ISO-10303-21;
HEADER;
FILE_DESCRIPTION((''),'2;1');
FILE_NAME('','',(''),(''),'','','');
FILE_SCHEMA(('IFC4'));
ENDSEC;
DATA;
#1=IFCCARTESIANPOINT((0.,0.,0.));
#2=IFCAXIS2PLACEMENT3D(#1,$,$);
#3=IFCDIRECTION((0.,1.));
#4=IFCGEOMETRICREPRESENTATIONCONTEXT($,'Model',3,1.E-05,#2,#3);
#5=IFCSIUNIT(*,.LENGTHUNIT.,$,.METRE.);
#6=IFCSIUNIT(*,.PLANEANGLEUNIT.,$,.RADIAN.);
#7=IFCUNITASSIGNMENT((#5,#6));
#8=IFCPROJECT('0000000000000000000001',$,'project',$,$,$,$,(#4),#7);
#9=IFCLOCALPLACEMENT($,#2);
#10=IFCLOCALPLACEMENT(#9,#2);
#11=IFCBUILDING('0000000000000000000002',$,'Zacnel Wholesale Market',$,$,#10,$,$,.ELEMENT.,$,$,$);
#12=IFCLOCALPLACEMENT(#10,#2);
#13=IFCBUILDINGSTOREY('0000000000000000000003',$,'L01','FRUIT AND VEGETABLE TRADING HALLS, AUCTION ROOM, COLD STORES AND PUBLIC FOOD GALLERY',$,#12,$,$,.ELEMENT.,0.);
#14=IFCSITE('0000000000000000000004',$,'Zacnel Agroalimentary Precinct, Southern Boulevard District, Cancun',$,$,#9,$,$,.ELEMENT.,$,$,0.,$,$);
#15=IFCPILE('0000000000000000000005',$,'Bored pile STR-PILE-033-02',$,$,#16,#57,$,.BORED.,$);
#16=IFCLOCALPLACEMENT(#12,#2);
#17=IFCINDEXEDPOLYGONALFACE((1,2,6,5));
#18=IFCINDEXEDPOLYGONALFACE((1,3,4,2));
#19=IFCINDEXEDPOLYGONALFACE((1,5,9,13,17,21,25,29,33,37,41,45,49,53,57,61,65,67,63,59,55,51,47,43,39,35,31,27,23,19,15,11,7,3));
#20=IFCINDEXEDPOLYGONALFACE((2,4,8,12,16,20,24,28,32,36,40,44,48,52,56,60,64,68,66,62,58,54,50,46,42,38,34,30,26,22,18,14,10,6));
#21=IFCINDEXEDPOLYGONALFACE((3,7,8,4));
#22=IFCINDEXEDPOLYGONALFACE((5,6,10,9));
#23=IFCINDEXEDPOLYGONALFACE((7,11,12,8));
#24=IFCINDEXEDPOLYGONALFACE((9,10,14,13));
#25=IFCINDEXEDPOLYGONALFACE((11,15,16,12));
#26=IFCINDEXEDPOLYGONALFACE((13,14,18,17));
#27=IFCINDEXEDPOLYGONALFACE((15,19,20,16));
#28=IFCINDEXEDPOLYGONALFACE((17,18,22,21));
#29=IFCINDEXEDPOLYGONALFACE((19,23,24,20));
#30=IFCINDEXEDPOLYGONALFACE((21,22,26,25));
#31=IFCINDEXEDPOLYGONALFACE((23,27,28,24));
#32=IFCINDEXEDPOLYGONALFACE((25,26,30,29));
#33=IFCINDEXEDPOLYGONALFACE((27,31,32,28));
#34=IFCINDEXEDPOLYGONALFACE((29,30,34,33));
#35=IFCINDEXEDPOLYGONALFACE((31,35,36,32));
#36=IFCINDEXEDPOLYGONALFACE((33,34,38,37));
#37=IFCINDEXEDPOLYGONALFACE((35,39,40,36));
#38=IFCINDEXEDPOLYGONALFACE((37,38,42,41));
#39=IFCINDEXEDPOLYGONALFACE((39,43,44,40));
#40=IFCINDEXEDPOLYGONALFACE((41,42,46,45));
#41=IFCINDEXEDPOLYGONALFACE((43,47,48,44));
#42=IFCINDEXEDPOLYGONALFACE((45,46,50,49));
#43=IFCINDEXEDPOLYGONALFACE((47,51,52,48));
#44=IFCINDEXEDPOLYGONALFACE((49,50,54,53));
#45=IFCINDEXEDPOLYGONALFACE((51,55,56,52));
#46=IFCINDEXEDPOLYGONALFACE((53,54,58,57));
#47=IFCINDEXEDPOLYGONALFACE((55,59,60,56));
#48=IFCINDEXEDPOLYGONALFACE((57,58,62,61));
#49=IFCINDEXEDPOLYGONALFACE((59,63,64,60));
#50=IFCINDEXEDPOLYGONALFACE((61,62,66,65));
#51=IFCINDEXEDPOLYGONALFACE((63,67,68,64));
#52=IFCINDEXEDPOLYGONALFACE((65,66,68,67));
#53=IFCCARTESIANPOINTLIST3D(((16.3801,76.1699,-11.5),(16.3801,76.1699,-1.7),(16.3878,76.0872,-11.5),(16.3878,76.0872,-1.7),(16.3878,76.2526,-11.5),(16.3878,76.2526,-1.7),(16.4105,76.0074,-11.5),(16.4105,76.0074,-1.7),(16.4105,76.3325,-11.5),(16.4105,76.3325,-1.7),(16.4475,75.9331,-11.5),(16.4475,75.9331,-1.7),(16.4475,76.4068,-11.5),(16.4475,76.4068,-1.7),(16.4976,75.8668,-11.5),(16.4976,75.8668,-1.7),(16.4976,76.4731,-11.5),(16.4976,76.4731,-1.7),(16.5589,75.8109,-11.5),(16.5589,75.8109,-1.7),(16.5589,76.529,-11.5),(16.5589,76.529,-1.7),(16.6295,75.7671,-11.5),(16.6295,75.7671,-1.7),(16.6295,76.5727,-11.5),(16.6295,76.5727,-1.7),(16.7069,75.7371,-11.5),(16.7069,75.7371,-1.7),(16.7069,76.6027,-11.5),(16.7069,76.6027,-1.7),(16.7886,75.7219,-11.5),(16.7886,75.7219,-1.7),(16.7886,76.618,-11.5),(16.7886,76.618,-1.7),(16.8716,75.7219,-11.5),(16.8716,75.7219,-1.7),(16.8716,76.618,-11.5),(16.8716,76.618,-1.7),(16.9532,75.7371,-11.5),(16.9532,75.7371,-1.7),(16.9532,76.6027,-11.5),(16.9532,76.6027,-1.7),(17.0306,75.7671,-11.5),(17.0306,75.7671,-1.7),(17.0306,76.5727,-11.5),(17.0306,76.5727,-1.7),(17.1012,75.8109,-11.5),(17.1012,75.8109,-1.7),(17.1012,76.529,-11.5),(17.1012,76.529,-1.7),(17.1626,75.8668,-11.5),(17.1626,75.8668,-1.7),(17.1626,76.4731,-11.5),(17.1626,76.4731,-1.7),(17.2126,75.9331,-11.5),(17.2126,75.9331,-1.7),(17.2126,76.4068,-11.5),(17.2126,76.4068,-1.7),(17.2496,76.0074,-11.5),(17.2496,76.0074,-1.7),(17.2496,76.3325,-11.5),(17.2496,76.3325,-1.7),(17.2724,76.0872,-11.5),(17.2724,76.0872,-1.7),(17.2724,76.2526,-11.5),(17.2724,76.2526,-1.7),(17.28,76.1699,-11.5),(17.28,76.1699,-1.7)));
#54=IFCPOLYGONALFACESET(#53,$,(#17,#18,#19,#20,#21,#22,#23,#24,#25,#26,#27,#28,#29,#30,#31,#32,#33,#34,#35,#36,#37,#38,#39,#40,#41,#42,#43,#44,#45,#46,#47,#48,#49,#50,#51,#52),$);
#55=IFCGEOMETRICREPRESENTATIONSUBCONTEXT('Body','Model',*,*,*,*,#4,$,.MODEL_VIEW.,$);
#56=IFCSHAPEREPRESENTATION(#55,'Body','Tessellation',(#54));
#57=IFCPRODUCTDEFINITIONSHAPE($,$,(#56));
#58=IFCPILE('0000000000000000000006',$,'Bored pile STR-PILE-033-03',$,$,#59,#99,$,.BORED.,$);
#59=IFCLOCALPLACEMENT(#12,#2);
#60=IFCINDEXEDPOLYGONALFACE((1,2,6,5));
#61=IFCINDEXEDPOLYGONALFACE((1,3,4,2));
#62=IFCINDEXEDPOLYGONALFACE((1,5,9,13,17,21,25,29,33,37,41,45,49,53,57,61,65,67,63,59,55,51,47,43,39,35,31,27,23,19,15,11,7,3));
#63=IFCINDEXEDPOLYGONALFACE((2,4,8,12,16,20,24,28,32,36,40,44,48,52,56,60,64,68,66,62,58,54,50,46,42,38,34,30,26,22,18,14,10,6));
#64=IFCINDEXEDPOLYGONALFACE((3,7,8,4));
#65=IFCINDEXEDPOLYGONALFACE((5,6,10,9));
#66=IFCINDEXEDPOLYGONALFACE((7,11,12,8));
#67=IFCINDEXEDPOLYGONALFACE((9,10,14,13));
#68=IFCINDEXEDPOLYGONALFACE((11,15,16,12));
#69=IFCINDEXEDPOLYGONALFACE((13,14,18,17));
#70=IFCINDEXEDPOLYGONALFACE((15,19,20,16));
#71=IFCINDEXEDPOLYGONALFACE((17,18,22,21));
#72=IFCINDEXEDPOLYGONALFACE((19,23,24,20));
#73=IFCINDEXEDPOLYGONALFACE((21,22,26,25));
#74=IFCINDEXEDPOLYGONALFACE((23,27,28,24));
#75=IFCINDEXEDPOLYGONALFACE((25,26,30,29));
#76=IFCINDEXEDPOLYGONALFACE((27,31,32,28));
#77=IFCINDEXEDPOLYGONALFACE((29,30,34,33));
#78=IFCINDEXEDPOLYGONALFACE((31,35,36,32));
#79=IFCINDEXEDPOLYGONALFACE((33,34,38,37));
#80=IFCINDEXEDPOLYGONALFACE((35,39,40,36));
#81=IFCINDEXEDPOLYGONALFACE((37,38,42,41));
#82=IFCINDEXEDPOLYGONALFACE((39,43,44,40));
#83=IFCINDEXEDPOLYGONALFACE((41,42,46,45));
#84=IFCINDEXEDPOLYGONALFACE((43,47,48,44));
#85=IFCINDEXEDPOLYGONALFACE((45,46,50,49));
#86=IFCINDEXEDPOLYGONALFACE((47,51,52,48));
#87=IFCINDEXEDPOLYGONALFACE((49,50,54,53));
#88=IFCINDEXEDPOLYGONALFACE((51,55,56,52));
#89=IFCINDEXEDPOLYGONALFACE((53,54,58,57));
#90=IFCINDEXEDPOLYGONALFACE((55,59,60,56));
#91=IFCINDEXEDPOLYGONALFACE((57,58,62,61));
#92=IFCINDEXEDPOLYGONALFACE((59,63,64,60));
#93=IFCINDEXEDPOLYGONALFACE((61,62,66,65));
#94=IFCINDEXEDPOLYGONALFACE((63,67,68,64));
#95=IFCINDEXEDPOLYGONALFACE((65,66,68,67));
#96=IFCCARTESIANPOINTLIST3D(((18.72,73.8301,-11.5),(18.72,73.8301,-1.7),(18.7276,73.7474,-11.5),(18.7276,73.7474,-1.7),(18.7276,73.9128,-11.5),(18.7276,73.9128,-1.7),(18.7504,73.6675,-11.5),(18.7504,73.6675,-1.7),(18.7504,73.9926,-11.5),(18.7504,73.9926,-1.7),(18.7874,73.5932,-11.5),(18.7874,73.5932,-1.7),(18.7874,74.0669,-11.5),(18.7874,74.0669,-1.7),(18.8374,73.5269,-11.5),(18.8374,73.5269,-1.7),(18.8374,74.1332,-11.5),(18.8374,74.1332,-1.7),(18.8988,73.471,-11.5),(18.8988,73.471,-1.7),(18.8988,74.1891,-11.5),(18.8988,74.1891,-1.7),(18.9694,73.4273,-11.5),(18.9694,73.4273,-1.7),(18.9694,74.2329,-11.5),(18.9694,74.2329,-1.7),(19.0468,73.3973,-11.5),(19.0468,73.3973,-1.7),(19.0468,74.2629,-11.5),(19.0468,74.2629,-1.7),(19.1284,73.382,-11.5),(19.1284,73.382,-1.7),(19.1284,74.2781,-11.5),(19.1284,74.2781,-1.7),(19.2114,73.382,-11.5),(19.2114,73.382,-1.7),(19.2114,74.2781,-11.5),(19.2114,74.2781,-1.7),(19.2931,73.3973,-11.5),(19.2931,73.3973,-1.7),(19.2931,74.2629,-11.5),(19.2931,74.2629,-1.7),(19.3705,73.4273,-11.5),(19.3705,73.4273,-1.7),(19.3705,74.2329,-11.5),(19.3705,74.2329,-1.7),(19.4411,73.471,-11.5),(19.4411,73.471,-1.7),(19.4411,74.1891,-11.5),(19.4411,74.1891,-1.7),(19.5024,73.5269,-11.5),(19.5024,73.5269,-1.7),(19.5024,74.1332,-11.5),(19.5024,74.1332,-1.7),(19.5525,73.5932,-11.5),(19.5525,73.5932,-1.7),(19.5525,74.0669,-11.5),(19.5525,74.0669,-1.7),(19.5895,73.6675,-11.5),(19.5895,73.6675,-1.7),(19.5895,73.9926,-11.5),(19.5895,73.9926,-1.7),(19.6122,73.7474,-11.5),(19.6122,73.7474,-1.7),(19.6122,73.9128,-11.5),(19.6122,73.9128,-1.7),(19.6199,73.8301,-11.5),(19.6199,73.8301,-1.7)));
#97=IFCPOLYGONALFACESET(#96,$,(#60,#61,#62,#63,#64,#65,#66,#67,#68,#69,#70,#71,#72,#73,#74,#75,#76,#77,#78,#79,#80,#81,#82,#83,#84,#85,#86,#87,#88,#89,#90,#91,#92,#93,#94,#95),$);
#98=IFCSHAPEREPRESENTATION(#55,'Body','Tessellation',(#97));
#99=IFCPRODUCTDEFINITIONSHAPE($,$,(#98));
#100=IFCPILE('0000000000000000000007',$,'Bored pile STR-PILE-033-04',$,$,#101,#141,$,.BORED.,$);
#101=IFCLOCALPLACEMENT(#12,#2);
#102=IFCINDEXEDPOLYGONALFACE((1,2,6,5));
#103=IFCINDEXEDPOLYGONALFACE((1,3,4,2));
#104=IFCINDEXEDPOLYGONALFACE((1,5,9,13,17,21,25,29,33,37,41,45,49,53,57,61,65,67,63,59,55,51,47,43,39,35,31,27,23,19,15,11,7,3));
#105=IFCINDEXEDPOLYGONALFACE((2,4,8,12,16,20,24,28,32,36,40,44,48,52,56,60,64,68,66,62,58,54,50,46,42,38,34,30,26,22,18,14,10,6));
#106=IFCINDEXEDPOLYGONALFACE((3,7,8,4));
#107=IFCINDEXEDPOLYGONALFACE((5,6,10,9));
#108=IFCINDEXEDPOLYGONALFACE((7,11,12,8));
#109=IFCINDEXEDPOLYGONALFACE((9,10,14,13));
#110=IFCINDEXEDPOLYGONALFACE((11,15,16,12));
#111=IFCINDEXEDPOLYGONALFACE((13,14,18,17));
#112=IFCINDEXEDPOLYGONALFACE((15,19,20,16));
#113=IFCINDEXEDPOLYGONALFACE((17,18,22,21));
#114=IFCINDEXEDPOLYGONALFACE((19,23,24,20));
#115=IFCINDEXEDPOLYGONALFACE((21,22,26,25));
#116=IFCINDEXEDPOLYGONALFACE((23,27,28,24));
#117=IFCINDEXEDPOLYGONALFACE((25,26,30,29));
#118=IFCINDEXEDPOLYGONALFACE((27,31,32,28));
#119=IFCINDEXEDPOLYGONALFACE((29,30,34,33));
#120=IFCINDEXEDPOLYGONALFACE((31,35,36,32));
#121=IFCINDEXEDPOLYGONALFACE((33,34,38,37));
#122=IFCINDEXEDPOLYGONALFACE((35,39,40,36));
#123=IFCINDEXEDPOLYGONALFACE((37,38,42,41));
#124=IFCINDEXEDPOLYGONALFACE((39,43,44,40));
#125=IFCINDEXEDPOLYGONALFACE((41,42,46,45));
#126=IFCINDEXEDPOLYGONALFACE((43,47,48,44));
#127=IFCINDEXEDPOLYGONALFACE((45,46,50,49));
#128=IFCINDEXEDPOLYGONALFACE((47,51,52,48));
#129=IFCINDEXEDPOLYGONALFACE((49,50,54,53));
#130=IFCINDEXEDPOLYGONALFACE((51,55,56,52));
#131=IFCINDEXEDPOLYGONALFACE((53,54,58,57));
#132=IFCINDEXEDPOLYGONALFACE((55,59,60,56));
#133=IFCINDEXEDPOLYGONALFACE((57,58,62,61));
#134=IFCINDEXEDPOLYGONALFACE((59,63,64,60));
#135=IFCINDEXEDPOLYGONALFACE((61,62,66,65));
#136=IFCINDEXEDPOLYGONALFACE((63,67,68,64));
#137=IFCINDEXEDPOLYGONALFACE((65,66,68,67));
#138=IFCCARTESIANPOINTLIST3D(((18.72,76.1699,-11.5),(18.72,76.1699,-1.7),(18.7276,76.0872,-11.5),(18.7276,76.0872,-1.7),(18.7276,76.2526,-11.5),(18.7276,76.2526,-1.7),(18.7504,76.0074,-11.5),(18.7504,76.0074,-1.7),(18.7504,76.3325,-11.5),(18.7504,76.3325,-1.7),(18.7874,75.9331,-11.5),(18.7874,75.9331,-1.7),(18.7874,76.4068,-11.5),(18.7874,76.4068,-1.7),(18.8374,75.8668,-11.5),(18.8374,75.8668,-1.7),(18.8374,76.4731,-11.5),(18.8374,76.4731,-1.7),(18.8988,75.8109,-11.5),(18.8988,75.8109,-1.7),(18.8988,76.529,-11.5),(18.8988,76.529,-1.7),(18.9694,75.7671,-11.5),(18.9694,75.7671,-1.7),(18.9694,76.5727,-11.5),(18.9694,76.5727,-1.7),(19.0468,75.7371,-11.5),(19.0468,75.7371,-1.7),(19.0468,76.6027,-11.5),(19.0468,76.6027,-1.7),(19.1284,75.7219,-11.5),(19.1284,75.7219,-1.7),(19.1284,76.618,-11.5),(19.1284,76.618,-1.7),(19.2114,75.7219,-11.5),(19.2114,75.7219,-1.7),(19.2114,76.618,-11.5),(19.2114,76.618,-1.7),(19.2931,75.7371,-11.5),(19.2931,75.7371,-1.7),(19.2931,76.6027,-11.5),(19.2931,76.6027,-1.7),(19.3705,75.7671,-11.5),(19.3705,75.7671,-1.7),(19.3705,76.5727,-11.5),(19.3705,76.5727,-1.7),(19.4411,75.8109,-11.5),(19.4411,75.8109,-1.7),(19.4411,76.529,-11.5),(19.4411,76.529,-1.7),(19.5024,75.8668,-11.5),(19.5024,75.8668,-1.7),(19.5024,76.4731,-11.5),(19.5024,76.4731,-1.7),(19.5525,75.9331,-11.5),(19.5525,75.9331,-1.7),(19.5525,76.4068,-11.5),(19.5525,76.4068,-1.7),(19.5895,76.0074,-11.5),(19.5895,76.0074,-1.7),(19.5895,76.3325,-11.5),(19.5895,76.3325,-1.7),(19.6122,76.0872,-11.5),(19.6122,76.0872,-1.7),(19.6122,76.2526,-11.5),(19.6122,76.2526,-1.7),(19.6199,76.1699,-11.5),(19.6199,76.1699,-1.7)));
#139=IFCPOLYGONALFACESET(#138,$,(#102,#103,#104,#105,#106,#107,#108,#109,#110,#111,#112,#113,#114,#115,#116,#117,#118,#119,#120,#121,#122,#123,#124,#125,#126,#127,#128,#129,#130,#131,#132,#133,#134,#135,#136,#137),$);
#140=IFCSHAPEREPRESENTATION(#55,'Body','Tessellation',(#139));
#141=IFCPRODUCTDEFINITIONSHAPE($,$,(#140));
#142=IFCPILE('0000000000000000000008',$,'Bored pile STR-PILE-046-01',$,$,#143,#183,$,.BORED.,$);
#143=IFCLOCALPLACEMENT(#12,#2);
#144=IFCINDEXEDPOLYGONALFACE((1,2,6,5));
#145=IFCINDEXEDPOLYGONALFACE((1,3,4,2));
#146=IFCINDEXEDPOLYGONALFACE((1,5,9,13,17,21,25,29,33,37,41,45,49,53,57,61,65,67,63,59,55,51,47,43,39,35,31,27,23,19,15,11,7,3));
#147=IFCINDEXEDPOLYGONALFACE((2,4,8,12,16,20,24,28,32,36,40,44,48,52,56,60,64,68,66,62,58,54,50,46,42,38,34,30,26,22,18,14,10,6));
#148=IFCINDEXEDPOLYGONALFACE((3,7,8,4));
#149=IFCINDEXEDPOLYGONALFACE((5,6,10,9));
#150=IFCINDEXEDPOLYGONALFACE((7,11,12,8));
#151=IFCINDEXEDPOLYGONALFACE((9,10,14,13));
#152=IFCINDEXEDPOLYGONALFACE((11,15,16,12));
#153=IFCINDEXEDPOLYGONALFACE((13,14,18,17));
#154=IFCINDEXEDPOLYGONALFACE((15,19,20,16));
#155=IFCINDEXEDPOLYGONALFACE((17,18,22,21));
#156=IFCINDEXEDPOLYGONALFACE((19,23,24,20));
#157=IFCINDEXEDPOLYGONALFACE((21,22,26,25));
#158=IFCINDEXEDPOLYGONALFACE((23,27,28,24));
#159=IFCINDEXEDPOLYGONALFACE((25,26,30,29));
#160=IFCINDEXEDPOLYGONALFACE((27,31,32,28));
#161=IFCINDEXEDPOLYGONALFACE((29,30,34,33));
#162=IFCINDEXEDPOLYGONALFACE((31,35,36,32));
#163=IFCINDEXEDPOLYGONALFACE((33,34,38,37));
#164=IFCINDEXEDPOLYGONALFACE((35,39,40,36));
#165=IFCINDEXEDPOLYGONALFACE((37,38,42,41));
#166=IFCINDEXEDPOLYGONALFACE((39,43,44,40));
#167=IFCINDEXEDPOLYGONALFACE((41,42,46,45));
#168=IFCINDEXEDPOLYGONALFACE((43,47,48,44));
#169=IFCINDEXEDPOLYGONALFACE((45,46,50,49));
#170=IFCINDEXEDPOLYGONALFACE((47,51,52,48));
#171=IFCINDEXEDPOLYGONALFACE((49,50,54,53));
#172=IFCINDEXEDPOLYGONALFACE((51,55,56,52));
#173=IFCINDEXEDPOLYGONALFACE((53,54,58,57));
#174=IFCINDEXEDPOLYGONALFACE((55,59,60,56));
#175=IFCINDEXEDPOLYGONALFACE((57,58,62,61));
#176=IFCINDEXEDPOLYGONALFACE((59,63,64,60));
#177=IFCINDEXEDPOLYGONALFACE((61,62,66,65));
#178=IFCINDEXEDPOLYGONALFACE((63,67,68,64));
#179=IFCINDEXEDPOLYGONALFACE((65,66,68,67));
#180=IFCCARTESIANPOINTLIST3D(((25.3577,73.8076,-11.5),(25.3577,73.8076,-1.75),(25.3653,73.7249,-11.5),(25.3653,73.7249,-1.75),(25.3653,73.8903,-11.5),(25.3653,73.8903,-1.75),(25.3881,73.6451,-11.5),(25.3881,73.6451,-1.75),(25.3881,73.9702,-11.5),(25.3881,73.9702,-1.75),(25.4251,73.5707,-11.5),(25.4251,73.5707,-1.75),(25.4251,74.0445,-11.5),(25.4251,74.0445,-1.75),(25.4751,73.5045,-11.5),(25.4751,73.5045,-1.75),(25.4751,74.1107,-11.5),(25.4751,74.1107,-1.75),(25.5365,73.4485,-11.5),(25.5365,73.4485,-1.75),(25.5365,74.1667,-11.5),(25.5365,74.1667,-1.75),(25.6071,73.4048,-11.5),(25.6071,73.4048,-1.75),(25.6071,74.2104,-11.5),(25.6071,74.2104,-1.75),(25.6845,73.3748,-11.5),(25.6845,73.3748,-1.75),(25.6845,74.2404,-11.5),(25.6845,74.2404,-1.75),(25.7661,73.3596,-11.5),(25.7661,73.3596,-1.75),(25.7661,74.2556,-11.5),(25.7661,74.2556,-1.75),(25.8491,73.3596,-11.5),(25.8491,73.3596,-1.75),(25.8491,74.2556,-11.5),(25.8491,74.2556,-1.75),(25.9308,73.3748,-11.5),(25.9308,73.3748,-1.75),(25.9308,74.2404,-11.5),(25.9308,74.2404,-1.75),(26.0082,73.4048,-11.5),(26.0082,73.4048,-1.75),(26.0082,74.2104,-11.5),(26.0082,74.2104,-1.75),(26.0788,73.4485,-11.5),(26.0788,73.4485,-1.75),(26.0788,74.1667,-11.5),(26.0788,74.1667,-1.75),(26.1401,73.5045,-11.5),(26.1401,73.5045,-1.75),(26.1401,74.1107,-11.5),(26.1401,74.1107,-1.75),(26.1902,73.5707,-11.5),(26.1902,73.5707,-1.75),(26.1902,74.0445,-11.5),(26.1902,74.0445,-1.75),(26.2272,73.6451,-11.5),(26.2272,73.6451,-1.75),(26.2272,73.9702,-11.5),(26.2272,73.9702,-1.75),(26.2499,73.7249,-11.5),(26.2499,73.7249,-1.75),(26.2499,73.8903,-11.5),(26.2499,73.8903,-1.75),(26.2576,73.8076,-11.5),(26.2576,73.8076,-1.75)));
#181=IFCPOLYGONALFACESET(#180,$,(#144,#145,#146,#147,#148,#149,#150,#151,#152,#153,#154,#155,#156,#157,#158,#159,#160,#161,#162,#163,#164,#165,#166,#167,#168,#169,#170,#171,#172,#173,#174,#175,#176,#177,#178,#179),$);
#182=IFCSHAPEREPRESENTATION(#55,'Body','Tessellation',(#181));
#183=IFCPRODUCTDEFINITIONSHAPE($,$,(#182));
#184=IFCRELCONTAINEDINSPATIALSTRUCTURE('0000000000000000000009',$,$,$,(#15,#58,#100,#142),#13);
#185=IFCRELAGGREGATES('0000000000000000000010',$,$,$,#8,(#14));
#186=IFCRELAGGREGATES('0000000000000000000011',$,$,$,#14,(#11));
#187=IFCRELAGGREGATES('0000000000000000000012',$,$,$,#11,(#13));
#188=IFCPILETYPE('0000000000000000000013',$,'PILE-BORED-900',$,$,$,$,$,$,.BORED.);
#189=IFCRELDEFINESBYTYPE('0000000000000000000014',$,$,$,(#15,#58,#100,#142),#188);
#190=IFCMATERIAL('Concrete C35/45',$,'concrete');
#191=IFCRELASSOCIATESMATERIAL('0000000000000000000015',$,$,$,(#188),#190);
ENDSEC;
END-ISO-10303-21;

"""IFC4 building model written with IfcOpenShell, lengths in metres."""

from ifc_helpers import new_model, si_unit, direction, frame, origin, origin_2d, place, context, subcontext, project, spatial, circle, extrude, material, material_profile, profile_set, type_object, element, save


model = new_model("IFC4")

# Units and contexts
model_context = context("Model", 3, precision=1e-05, world=origin(), true_north=direction((0.0, 1.0)))
body_context = subcontext(model_context, "Body", "Model", "MODEL_VIEW")
ifc_project = project(units=[si_unit("LENGTHUNIT", "METRE"), si_unit("PLANEANGLEUNIT", "RADIAN")], contexts=[model_context])

# Site, building, storey
site_placement = place(None, origin())
site = spatial("IfcSite", under=ifc_project, at=site_placement, Name="Zacnel Agroalimentary Precinct, Southern Boulevard District, Cancun", CompositionType="ELEMENT", RefElevation=0.0)
building_placement = place(site_placement, origin())
building = spatial("IfcBuilding", under=site, at=building_placement, Name="Zacnel Wholesale Market", CompositionType="ELEMENT")
storey_placement = place(building_placement, origin())
storey = spatial("IfcBuildingStorey", under=building, at=storey_placement, Name="L01", Description="FRUIT AND VEGETABLE TRADING HALLS, AUCTION ROOM, COLD STORES AND PUBLIC FOOD GALLERY", CompositionType="ELEMENT", Elevation=0.0)

# Piles
ifc_material_1 = material(Name="Concrete C35/45", Category="concrete")
ifc_material_profile_1 = material_profile(ifc_material_1, circle(Radius=0.45, at=origin_2d()), Name="BORED PILE D900")
ifc_profile_set_1 = profile_set([ifc_material_profile_1], Name="Concrete C35/45")
pile_type = type_object("IfcPileType", Name="PILE-BORED-900", PredefinedType="BORED", material=ifc_profile_set_1)
for number, where, z_axis, x_axis, name in (
    (1, (16.8301, 76.1699, -1.7), (0.0, 0.0, -1.0), (1.0, 0.0, 0.0), "Bored pile STR-PILE-033-02"),
    (2, (19.1699, 73.8301, -1.7), (0.0, 0.0, -1.0), (1.0, 0.0, 0.0), "Bored pile STR-PILE-033-03"),
    (3, (19.1699, 76.1699, -1.7), (0.0, 0.0, -1.0), (1.0, 0.0, 0.0), "Bored pile STR-PILE-033-04"),
):
    element("IfcPile", number, at=place(storey_placement, frame(where, z_axis=z_axis, x_axis=x_axis)), inside=storey, type_object=pile_type, Name=name, PredefinedType="BORED", context=body_context, shape_type="SweptSolid", body=[
        extrude(circle(Radius=0.45, at=origin_2d()), origin(), (0.0, 0.0, 1.0), 9.8),
    ])
for number, where, z_axis, x_axis, name in (
    (4, (25.8076, 73.8076, -1.75), (0.0, 0.0, -1.0), (1.0, 0.0, 0.0), "Bored pile STR-PILE-046-01"),
):
    element("IfcPile", number, at=place(storey_placement, frame(where, z_axis=z_axis, x_axis=x_axis)), inside=storey, type_object=pile_type, Name=name, PredefinedType="BORED", context=body_context, shape_type="SweptSolid", body=[
        extrude(circle(Radius=0.45, at=origin_2d()), origin(), (0.0, 0.0, 1.0), 9.75),
    ])

save(model, "model.ifc")
